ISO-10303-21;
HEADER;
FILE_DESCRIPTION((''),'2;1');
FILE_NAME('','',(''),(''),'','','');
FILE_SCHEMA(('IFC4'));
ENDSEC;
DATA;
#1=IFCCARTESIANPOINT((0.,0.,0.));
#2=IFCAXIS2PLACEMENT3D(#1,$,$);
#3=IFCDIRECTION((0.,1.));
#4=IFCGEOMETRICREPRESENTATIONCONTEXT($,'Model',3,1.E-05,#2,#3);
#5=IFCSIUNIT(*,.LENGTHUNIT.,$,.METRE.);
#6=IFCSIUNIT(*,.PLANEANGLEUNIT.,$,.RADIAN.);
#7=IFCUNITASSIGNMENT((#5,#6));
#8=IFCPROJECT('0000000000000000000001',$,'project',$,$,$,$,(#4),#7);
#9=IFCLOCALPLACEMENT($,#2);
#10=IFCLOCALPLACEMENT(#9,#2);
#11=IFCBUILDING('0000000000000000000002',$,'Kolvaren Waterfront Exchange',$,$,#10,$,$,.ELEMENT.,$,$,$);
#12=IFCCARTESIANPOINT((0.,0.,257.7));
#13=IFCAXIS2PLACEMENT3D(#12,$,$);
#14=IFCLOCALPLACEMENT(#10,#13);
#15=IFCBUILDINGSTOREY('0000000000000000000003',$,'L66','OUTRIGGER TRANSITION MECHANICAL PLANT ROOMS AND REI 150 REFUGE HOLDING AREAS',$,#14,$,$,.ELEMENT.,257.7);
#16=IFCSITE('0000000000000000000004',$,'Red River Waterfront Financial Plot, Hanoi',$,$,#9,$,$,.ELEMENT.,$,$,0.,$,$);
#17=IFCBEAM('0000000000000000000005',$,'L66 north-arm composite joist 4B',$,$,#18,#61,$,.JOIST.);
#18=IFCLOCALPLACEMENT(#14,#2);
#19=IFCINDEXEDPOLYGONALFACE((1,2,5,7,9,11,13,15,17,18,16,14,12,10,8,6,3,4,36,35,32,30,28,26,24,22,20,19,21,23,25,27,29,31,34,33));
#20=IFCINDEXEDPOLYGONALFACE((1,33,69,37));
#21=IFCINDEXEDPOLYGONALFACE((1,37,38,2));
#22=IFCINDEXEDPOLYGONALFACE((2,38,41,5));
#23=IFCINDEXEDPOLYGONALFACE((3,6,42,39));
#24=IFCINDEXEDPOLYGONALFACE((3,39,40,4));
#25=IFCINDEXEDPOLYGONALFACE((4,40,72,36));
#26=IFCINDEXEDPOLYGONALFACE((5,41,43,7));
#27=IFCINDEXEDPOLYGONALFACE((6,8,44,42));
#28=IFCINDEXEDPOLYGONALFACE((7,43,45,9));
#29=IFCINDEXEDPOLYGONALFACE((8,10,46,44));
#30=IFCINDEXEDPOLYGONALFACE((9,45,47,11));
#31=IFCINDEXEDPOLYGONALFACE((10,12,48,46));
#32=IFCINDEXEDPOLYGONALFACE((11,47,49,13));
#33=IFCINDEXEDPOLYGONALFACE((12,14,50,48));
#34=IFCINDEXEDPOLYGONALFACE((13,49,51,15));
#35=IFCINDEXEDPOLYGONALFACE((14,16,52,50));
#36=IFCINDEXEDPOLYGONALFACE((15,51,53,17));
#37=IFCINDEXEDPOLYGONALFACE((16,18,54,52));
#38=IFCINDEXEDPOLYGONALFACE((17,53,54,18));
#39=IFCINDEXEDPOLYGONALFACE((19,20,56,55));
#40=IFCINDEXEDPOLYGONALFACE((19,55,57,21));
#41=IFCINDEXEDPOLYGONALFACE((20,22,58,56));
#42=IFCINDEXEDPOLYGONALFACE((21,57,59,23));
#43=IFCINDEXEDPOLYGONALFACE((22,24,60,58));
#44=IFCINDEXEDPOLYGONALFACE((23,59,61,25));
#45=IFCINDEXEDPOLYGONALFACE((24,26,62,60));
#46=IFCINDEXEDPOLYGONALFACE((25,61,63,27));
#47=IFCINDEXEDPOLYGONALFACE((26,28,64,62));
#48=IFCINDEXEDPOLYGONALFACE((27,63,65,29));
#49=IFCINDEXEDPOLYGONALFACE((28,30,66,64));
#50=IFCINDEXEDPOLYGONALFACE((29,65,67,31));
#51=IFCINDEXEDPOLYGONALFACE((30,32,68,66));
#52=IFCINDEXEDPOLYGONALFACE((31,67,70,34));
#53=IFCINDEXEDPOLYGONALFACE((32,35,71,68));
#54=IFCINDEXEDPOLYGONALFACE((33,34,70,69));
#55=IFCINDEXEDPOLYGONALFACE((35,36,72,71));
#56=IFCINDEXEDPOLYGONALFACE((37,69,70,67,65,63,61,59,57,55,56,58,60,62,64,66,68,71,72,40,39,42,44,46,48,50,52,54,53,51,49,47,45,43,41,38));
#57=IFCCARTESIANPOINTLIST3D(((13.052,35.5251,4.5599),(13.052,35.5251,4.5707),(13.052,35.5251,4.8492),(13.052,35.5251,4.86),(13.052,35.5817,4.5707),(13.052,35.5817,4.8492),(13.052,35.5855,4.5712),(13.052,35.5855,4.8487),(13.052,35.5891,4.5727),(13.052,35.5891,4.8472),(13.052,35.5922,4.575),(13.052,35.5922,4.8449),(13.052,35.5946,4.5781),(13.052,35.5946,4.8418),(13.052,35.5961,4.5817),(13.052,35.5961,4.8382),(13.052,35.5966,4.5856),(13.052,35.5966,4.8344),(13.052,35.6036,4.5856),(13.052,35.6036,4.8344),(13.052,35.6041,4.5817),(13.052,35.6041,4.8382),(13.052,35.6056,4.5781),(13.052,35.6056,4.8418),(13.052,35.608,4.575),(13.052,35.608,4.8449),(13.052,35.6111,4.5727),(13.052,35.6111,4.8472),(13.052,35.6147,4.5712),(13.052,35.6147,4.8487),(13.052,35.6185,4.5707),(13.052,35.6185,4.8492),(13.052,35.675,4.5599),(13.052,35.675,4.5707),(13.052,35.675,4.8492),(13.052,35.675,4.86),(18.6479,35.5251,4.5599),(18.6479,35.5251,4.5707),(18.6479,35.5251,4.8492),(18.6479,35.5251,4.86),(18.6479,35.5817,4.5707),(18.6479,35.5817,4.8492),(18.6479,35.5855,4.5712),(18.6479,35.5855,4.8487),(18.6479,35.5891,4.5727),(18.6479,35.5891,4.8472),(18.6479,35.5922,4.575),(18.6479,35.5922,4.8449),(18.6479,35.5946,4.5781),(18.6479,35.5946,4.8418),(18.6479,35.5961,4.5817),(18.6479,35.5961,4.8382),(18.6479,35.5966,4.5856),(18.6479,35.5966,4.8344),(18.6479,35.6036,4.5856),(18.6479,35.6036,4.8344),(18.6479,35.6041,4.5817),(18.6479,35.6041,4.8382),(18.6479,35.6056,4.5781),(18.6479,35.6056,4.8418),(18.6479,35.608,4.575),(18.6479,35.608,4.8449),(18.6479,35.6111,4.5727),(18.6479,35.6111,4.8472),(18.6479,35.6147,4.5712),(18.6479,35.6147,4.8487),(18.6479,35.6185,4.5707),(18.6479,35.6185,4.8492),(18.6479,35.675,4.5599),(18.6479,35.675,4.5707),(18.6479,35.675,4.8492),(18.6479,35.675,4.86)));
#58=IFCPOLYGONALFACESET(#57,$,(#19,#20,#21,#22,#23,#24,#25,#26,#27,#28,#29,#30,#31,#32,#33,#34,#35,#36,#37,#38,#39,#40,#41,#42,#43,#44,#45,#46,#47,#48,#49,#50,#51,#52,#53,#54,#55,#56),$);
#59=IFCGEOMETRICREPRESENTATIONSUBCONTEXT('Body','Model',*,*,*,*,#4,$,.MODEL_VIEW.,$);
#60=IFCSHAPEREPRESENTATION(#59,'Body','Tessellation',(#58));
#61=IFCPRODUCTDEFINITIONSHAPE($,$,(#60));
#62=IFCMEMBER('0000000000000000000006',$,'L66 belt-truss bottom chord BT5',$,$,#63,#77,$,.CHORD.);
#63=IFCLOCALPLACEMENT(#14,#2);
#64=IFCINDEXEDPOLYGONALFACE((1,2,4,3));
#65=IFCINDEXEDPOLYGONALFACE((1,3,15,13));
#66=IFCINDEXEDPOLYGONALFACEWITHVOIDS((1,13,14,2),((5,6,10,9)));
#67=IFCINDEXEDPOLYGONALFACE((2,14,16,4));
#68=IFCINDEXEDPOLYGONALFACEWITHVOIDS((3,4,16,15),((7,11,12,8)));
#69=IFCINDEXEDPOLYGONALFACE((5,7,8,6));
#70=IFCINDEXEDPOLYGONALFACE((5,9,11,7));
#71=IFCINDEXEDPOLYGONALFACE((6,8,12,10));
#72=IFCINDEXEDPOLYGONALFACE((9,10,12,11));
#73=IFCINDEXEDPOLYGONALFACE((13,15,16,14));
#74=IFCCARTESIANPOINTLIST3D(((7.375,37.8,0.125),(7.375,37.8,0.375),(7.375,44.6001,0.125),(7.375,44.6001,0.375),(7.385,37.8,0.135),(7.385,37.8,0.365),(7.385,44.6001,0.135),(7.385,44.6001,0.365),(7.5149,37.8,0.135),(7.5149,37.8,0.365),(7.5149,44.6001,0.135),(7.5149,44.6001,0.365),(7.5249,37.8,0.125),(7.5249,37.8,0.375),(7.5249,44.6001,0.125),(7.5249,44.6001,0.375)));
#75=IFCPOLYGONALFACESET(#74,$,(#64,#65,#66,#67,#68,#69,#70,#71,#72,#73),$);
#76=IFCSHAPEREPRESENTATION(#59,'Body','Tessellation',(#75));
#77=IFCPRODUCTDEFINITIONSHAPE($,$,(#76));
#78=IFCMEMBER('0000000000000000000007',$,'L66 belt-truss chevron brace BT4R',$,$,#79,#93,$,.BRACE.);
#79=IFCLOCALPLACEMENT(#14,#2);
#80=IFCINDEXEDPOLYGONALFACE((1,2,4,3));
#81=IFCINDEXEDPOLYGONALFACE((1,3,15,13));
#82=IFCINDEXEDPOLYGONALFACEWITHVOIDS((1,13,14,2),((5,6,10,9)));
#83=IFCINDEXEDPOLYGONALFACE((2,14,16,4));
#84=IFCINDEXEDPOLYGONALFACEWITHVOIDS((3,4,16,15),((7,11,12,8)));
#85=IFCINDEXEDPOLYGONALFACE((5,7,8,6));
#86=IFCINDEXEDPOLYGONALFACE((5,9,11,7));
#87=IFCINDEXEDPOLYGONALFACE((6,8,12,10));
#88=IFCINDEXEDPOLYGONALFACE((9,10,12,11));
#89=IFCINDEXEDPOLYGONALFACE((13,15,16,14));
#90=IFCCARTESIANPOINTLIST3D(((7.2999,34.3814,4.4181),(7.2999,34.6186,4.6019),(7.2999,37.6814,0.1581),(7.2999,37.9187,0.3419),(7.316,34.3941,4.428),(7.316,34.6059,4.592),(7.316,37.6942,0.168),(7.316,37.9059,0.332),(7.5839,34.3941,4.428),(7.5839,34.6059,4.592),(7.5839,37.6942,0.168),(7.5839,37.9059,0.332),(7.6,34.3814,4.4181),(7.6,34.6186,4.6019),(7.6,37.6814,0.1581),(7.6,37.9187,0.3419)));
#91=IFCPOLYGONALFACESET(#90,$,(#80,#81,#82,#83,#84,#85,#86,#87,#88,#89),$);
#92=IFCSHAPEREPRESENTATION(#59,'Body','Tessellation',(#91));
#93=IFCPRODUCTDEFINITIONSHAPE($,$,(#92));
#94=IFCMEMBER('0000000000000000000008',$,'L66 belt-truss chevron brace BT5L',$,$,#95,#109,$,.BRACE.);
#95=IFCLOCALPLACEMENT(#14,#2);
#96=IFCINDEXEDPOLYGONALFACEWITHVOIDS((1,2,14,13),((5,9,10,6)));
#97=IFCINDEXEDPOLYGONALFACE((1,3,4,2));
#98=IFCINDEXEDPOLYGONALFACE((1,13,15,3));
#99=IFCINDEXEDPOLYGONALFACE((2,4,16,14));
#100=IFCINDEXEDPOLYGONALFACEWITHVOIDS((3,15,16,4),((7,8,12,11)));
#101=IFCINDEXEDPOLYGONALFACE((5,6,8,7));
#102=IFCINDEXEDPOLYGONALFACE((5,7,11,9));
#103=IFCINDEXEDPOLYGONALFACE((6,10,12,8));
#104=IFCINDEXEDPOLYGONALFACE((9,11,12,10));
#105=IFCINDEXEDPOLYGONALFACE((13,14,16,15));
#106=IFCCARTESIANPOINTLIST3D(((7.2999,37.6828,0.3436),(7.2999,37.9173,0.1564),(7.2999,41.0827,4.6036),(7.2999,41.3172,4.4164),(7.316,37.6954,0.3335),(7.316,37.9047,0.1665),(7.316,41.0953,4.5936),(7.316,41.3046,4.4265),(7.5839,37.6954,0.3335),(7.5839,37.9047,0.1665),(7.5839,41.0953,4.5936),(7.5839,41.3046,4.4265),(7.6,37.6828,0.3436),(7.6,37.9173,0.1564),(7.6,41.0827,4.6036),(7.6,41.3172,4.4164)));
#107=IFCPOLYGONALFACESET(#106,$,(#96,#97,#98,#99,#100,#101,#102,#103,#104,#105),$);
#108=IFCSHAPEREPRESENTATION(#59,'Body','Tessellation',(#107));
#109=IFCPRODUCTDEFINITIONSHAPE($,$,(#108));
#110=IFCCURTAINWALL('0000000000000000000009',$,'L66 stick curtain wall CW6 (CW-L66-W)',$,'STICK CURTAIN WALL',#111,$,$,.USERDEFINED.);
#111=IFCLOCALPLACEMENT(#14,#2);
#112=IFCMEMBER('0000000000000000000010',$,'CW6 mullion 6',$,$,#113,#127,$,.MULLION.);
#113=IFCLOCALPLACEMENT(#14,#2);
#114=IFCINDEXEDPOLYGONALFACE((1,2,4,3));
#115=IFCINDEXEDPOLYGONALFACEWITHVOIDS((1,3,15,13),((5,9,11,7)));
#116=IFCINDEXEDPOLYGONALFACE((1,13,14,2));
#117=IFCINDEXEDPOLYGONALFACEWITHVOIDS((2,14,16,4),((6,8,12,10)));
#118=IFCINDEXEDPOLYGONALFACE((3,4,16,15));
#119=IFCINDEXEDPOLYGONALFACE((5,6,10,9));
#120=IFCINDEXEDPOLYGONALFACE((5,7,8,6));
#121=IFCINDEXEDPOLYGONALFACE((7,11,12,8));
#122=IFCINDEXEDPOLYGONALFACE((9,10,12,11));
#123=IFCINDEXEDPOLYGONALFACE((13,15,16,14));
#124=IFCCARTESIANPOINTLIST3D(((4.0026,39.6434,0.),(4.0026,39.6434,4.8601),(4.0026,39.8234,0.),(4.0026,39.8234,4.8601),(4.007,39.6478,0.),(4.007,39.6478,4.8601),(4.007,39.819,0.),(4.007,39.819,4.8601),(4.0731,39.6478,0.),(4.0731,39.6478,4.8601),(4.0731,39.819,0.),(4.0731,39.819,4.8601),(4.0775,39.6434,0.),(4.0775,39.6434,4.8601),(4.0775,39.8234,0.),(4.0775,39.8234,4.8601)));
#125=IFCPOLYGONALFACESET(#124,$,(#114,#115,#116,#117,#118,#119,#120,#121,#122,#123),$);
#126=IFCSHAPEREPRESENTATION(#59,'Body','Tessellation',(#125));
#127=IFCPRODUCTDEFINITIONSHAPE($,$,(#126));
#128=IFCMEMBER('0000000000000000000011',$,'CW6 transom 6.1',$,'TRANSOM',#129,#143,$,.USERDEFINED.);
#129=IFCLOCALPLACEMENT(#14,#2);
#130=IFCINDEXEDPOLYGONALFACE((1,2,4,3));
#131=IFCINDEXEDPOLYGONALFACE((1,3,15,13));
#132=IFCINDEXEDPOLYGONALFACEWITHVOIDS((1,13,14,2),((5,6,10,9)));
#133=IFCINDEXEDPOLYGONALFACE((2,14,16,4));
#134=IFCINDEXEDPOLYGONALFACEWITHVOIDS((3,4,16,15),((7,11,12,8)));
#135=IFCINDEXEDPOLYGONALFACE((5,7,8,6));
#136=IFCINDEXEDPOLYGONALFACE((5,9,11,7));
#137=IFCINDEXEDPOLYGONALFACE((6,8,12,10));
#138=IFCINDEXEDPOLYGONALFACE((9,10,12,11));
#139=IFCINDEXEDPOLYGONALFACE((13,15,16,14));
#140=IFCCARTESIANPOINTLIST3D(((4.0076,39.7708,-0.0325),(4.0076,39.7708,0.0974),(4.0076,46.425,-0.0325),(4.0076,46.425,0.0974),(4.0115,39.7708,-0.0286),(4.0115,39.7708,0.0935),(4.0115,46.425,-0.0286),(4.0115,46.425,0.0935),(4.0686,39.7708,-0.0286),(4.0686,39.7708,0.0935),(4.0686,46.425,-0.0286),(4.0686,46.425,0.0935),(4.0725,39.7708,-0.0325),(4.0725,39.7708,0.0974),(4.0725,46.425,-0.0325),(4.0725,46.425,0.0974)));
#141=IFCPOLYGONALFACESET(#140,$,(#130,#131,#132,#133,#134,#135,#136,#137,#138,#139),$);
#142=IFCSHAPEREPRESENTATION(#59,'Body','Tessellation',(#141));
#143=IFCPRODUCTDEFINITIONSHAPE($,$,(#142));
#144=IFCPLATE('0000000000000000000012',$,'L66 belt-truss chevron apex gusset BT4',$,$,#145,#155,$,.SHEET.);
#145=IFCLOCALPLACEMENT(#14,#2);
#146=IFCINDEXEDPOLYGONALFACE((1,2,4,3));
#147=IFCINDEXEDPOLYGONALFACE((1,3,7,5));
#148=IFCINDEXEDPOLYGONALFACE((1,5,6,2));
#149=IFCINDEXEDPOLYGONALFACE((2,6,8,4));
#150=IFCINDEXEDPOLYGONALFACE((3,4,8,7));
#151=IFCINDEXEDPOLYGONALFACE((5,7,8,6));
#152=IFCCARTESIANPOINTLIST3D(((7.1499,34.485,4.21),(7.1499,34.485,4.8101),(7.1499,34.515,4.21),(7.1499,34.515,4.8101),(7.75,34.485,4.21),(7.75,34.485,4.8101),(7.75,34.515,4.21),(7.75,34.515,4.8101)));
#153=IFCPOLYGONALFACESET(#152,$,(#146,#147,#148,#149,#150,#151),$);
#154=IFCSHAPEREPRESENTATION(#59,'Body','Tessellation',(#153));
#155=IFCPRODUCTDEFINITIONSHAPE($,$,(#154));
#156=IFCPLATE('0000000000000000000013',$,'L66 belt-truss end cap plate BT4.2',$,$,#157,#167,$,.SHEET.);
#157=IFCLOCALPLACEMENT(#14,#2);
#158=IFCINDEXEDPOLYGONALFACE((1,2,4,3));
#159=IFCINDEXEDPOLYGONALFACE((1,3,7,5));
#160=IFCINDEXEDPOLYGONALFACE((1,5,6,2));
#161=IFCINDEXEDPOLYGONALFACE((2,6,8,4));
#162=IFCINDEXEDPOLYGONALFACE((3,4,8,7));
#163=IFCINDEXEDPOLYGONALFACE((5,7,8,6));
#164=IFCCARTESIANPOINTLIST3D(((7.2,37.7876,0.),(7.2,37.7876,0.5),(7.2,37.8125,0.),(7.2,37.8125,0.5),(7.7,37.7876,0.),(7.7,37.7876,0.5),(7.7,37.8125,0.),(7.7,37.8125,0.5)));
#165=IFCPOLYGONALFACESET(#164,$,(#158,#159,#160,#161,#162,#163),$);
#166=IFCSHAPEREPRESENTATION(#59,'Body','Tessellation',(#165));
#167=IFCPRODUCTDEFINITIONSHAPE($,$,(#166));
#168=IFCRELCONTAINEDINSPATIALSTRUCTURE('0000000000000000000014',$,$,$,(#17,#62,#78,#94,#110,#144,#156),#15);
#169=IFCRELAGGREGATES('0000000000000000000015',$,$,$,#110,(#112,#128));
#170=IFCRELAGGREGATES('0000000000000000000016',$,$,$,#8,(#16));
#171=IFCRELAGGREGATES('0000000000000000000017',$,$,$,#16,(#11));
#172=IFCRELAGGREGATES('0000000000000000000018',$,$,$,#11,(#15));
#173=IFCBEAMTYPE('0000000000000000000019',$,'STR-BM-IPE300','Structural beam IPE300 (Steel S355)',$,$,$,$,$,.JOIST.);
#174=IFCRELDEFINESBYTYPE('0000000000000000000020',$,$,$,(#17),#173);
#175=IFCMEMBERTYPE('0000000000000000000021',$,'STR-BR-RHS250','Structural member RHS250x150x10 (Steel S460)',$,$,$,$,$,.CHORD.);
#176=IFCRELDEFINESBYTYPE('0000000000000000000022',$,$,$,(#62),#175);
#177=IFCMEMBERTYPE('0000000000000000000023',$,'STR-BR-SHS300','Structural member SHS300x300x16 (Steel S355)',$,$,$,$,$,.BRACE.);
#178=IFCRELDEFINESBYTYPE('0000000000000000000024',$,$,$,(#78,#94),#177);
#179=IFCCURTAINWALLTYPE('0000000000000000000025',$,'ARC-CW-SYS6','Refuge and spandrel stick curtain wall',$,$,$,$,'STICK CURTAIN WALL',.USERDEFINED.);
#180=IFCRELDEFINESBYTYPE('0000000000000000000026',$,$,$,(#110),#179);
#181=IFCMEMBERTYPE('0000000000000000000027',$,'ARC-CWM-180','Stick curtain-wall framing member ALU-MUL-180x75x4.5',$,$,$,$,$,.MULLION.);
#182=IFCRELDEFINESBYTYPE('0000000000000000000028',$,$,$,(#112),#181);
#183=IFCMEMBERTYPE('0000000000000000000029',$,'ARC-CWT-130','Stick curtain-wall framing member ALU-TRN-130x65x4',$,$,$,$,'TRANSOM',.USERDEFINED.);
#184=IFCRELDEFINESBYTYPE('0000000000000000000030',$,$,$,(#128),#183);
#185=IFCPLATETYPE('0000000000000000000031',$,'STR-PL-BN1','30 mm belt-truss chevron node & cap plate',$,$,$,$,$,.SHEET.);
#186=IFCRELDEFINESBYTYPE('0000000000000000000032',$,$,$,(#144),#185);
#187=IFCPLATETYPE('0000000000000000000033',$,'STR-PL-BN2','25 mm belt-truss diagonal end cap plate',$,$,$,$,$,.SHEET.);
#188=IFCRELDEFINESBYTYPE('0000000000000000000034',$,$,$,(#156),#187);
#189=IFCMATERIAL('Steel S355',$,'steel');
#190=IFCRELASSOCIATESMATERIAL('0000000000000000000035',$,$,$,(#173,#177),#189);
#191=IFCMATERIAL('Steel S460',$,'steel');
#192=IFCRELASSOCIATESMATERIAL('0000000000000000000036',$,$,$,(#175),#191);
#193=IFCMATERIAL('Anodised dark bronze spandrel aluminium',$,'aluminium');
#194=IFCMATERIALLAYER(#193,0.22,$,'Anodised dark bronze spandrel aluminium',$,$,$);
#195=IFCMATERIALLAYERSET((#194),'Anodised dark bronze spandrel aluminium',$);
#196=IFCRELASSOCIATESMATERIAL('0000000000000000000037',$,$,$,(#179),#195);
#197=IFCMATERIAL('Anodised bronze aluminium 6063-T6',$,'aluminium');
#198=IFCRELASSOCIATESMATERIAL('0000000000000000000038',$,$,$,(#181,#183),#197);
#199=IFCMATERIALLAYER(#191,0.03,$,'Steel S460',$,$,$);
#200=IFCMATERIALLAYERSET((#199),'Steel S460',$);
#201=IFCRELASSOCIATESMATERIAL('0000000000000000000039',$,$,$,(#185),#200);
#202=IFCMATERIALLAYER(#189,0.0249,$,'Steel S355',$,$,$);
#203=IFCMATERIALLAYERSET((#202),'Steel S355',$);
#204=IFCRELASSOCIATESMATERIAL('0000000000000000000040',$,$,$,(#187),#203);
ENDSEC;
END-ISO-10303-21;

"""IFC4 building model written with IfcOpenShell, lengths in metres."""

from ifc_helpers import new_model, si_unit, direction, frame, origin, origin_with_axes, origin_2d, place, context, subcontext, project, spatial, rectangle, hollow_rectangle, i_section, extrude, source, transform, mapped, material, layer, layer_set, material_profile, profile_set, type_object, element, aggregate, save


model = new_model("IFC4")

# Units and contexts
model_context = context("Model", 3, precision=1e-05, world=origin(), true_north=direction((0.0, 1.0)))
body_context = subcontext(model_context, "Body", "Model", "MODEL_VIEW")
ifc_project = project(units=[si_unit("LENGTHUNIT", "METRE"), si_unit("PLANEANGLEUNIT", "RADIAN")], contexts=[model_context])

# Site, building, storey
site_placement = place(None, origin())
site = spatial("IfcSite", under=ifc_project, at=site_placement, Name="Red River Waterfront Financial Plot, Hanoi", CompositionType="ELEMENT", RefElevation=0.0)
building_placement = place(site_placement, origin())
building = spatial("IfcBuilding", under=site, at=building_placement, Name="Kolvaren Waterfront Exchange", CompositionType="ELEMENT")
storey_placement = place(building_placement, frame((0.0, 0.0, 257.7)))
storey = spatial("IfcBuildingStorey", under=building, at=storey_placement, Name="L66", Description="OUTRIGGER TRANSITION MECHANICAL PLANT ROOMS AND REI 150 REFUGE HOLDING AREAS", CompositionType="ELEMENT", Elevation=257.7)

# Beam
ifc_material_1 = material(Name="Steel S355", Category="steel")
ifc_material_profile_1 = material_profile(ifc_material_1, i_section(OverallWidth=0.1499, OverallDepth=0.3, WebThickness=0.0071, FlangeThickness=0.0107, FilletRadius=0.0149, at=origin_2d()), Name="IPE300")
ifc_profile_set_1 = profile_set([ifc_material_profile_1], Name="Steel S355")
beam_type_1 = type_object("IfcBeamType", Name="STR-BM-IPE300", Description="Structural beam IPE300 (Steel S355)", PredefinedType="JOIST", material=ifc_profile_set_1)
beam_1_placement = place(storey_placement, frame((13.052, 35.6001, 4.71), z_axis=(1.0, 0.0, 0.0), x_axis=(0.0, 1.0, 0.0)))
element("IfcBeam", 1, at=beam_1_placement, inside=storey, type_object=beam_type_1, Name="L66 north-arm composite joist 4B", PredefinedType="JOIST", context=body_context, shape_type="SweptSolid", body=[
    extrude(i_section(OverallWidth=0.1499, OverallDepth=0.3, WebThickness=0.0071, FlangeThickness=0.0107, FilletRadius=0.0149, at=origin_2d()), origin(), (0.0, 0.0, 1.0), 5.5959),
])

# Members
ifc_material_2 = material(Name="Steel S460", Category="steel")
ifc_material_profile_2 = material_profile(ifc_material_2, hollow_rectangle(XDim=0.1499, YDim=0.25, WallThickness=0.01, at=origin_2d()), Name="RHS250x150x10")
ifc_profile_set_2 = profile_set([ifc_material_profile_2], Name="Steel S460")
member_type_1 = type_object("IfcMemberType", Name="STR-BR-RHS250", Description="Structural member RHS250x150x10 (Steel S460)", PredefinedType="CHORD", material=ifc_profile_set_2)
member_1_placement = place(storey_placement, frame((7.45, 37.8, 0.25), z_axis=(0.0, 1.0, 0.0), x_axis=(-1.0, 0.0, 0.0)))
element("IfcMember", 2, at=member_1_placement, inside=storey, type_object=member_type_1, Name="L66 belt-truss bottom chord BT5", PredefinedType="CHORD", context=body_context, shape_type="SweptSolid", body=[
    extrude(hollow_rectangle(XDim=0.1499, YDim=0.25, WallThickness=0.01, at=origin_2d()), origin(), (0.0, 0.0, 1.0), 6.8),
])
ifc_material_profile_3 = material_profile(ifc_material_1, hollow_rectangle(XDim=0.3, YDim=0.3, WallThickness=0.0161, at=origin_2d()), Name="SHS300x300x16")
ifc_profile_set_3 = profile_set([ifc_material_profile_3], Name="Steel S355")
member_type_2 = type_object("IfcMemberType", Name="STR-BR-SHS300", Description="Structural member SHS300x300x16 (Steel S355)", PredefinedType="BRACE", material=ifc_profile_set_3)
member_2_placement = place(storey_placement, frame((7.45, 37.8, 0.25), z_axis=(0.0, -0.612403, 0.790546), x_axis=(1.0, 0.0, 0.0)))
element("IfcMember", 3, at=member_2_placement, inside=storey, type_object=member_type_2, Name="L66 belt-truss chevron brace BT4R", PredefinedType="BRACE", context=body_context, shape_type="SweptSolid", body=[
    extrude(hollow_rectangle(XDim=0.3, YDim=0.3, WallThickness=0.0161, at=origin_2d()), origin(), (0.0, 0.0, 1.0), 5.3887),
])
member_3_placement = place(storey_placement, frame((7.45, 37.8, 0.25), z_axis=(0.0, 0.623788, 0.781594), x_axis=(-1.0, 0.0, 0.0)))
element("IfcMember", 4, at=member_3_placement, inside=storey, type_object=member_type_2, Name="L66 belt-truss chevron brace BT5L", PredefinedType="BRACE", context=body_context, shape_type="SweptSolid", body=[
    extrude(hollow_rectangle(XDim=0.3, YDim=0.3, WallThickness=0.0161, at=origin_2d()), origin(), (0.0, 0.0, 1.0), 5.4504),
])

# Curtain wall, members
ifc_material_3 = material(Name="Anodised dark bronze spandrel aluminium", Category="aluminium")
ifc_layer_1 = layer(ifc_material_3, 0.22, Name="Anodised dark bronze spandrel aluminium")
ifc_layer_set_1 = layer_set([ifc_layer_1], Name="Anodised dark bronze spandrel aluminium")
curtain_wall_type = type_object("IfcCurtainWallType", Name="ARC-CW-SYS6", Description="Refuge and spandrel stick curtain wall", ElementType="STICK CURTAIN WALL", PredefinedType="USERDEFINED", material=ifc_layer_set_1)
curtain_wall_placement = place(storey_placement, origin())
curtain_wall = element("IfcCurtainWall", 5, at=curtain_wall_placement, inside=storey, type_object=curtain_wall_type, Name="L66 stick curtain wall CW6 (CW-L66-W)", ObjectType="STICK CURTAIN WALL", PredefinedType="USERDEFINED")
ifc_material_4 = material(Name="Anodised bronze aluminium 6063-T6", Category="aluminium")
ifc_material_profile_4 = material_profile(ifc_material_4, hollow_rectangle(XDim=0.075, YDim=0.1799, WallThickness=0.0044, at=origin_2d()), Name="ALU-MUL-180x75x4.5")
ifc_profile_set_4 = profile_set([ifc_material_profile_4], Name="Anodised bronze aluminium 6063-T6")
member_type_3 = type_object("IfcMemberType", Name="ARC-CWM-180", Description="Stick curtain-wall framing member ALU-MUL-180x75x4.5", PredefinedType="MULLION", material=ifc_profile_set_4)
shared_shape_1 = source(origin_with_axes(), body_context, "Body", "SweptSolid", [
    extrude(hollow_rectangle(XDim=0.075, YDim=0.1799, WallThickness=0.0044, at=origin_2d()), origin(), (0.0, 0.0, 1.0), 4.8601),
])
member_4_placement = place(storey_placement, frame((4.04, 39.7334, 0.0), z_axis=(0.0, 0.0, 1.0), x_axis=(-1.0, 0.0, 0.0)))
member_4 = element("IfcMember", 6, at=member_4_placement, type_object=member_type_3, Name="CW6 mullion 6", PredefinedType="MULLION", context=body_context, shape_type="MappedRepresentation", body=[
    mapped(shared_shape_1, transform((0.0, 0.0, 0.0), x_axis=(1.0, 0.0, 0.0), y_axis=(0.0, 1.0, 0.0), z_axis=(0.0, 0.0, 1.0), scale=1.0)),
])
ifc_material_profile_5 = material_profile(ifc_material_4, hollow_rectangle(XDim=0.0649, YDim=0.1299, WallThickness=0.0039, at=origin_2d()), Name="ALU-TRN-130x65x4")
ifc_profile_set_5 = profile_set([ifc_material_profile_5], Name="Anodised bronze aluminium 6063-T6")
member_type_4 = type_object("IfcMemberType", Name="ARC-CWT-130", Description="Stick curtain-wall framing member ALU-TRN-130x65x4", ElementType="TRANSOM", PredefinedType="USERDEFINED", material=ifc_profile_set_5)
shared_shape_2 = source(origin_with_axes(), body_context, "Body", "SweptSolid", [
    extrude(hollow_rectangle(XDim=0.0649, YDim=0.1299, WallThickness=0.0039, at=origin_2d()), origin(), (0.0, 0.0, 1.0), 6.6543),
])
member_5_placement = place(storey_placement, frame((4.04, 39.7708, 0.0325), z_axis=(0.0, 1.0, 0.0), x_axis=(-1.0, 0.0, 0.0)))
member_5 = element("IfcMember", 7, at=member_5_placement, type_object=member_type_4, Name="CW6 transom 6.1", ObjectType="TRANSOM", PredefinedType="USERDEFINED", context=body_context, shape_type="MappedRepresentation", body=[
    mapped(shared_shape_2, transform((0.0, 0.0, 0.0), x_axis=(1.0, 0.0, 0.0), y_axis=(0.0, 1.0, 0.0), z_axis=(0.0, 0.0, 1.0), scale=1.0)),
])

# Plates
ifc_layer_2 = layer(ifc_material_2, 0.03, Name="Steel S460")
ifc_layer_set_2 = layer_set([ifc_layer_2], Name="Steel S460")
plate_type_1 = type_object("IfcPlateType", Name="STR-PL-BN1", Description="30 mm belt-truss chevron node & cap plate", PredefinedType="SHEET", material=ifc_layer_set_2)
shared_shape_3 = source(origin_with_axes(), body_context, "Body", "SweptSolid", [
    extrude(rectangle(XDim=0.6001, YDim=0.03, at=origin_2d()), origin(), (0.0, 0.0, 1.0), 0.6001),
])
plate_1_placement = place(storey_placement, frame((7.45, 34.5, 4.21), z_axis=(0.0, 0.0, 1.0), x_axis=(1.0, 0.0, 0.0)))
element("IfcPlate", 8, at=plate_1_placement, inside=storey, type_object=plate_type_1, Name="L66 belt-truss chevron apex gusset BT4", PredefinedType="SHEET", context=body_context, shape_type="MappedRepresentation", body=[
    mapped(shared_shape_3, transform((0.0, 0.0, 0.0), x_axis=(1.0, 0.0, 0.0), y_axis=(0.0, 1.0, 0.0), z_axis=(0.0, 0.0, 1.0), scale=1.0)),
])
ifc_layer_3 = layer(ifc_material_1, 0.0249, Name="Steel S355")
ifc_layer_set_3 = layer_set([ifc_layer_3], Name="Steel S355")
plate_type_2 = type_object("IfcPlateType", Name="STR-PL-BN2", Description="25 mm belt-truss diagonal end cap plate", PredefinedType="SHEET", material=ifc_layer_set_3)
shared_shape_4 = source(origin_with_axes(), body_context, "Body", "SweptSolid", [
    extrude(rectangle(XDim=0.5, YDim=0.0249, at=origin_2d()), origin(), (0.0, 0.0, 1.0), 0.5),
])
plate_2_placement = place(storey_placement, frame((7.45, 37.8, 0.0), z_axis=(0.0, 0.0, 1.0), x_axis=(1.0, 0.0, 0.0)))
element("IfcPlate", 9, at=plate_2_placement, inside=storey, type_object=plate_type_2, Name="L66 belt-truss end cap plate BT4.2", PredefinedType="SHEET", context=body_context, shape_type="MappedRepresentation", body=[
    mapped(shared_shape_4, transform((0.0, 0.0, 0.0), x_axis=(1.0, 0.0, 0.0), y_axis=(0.0, 1.0, 0.0), z_axis=(0.0, 0.0, 1.0), scale=1.0)),
])

aggregate(curtain_wall, [member_4, member_5])

save(model, "model.ifc")
